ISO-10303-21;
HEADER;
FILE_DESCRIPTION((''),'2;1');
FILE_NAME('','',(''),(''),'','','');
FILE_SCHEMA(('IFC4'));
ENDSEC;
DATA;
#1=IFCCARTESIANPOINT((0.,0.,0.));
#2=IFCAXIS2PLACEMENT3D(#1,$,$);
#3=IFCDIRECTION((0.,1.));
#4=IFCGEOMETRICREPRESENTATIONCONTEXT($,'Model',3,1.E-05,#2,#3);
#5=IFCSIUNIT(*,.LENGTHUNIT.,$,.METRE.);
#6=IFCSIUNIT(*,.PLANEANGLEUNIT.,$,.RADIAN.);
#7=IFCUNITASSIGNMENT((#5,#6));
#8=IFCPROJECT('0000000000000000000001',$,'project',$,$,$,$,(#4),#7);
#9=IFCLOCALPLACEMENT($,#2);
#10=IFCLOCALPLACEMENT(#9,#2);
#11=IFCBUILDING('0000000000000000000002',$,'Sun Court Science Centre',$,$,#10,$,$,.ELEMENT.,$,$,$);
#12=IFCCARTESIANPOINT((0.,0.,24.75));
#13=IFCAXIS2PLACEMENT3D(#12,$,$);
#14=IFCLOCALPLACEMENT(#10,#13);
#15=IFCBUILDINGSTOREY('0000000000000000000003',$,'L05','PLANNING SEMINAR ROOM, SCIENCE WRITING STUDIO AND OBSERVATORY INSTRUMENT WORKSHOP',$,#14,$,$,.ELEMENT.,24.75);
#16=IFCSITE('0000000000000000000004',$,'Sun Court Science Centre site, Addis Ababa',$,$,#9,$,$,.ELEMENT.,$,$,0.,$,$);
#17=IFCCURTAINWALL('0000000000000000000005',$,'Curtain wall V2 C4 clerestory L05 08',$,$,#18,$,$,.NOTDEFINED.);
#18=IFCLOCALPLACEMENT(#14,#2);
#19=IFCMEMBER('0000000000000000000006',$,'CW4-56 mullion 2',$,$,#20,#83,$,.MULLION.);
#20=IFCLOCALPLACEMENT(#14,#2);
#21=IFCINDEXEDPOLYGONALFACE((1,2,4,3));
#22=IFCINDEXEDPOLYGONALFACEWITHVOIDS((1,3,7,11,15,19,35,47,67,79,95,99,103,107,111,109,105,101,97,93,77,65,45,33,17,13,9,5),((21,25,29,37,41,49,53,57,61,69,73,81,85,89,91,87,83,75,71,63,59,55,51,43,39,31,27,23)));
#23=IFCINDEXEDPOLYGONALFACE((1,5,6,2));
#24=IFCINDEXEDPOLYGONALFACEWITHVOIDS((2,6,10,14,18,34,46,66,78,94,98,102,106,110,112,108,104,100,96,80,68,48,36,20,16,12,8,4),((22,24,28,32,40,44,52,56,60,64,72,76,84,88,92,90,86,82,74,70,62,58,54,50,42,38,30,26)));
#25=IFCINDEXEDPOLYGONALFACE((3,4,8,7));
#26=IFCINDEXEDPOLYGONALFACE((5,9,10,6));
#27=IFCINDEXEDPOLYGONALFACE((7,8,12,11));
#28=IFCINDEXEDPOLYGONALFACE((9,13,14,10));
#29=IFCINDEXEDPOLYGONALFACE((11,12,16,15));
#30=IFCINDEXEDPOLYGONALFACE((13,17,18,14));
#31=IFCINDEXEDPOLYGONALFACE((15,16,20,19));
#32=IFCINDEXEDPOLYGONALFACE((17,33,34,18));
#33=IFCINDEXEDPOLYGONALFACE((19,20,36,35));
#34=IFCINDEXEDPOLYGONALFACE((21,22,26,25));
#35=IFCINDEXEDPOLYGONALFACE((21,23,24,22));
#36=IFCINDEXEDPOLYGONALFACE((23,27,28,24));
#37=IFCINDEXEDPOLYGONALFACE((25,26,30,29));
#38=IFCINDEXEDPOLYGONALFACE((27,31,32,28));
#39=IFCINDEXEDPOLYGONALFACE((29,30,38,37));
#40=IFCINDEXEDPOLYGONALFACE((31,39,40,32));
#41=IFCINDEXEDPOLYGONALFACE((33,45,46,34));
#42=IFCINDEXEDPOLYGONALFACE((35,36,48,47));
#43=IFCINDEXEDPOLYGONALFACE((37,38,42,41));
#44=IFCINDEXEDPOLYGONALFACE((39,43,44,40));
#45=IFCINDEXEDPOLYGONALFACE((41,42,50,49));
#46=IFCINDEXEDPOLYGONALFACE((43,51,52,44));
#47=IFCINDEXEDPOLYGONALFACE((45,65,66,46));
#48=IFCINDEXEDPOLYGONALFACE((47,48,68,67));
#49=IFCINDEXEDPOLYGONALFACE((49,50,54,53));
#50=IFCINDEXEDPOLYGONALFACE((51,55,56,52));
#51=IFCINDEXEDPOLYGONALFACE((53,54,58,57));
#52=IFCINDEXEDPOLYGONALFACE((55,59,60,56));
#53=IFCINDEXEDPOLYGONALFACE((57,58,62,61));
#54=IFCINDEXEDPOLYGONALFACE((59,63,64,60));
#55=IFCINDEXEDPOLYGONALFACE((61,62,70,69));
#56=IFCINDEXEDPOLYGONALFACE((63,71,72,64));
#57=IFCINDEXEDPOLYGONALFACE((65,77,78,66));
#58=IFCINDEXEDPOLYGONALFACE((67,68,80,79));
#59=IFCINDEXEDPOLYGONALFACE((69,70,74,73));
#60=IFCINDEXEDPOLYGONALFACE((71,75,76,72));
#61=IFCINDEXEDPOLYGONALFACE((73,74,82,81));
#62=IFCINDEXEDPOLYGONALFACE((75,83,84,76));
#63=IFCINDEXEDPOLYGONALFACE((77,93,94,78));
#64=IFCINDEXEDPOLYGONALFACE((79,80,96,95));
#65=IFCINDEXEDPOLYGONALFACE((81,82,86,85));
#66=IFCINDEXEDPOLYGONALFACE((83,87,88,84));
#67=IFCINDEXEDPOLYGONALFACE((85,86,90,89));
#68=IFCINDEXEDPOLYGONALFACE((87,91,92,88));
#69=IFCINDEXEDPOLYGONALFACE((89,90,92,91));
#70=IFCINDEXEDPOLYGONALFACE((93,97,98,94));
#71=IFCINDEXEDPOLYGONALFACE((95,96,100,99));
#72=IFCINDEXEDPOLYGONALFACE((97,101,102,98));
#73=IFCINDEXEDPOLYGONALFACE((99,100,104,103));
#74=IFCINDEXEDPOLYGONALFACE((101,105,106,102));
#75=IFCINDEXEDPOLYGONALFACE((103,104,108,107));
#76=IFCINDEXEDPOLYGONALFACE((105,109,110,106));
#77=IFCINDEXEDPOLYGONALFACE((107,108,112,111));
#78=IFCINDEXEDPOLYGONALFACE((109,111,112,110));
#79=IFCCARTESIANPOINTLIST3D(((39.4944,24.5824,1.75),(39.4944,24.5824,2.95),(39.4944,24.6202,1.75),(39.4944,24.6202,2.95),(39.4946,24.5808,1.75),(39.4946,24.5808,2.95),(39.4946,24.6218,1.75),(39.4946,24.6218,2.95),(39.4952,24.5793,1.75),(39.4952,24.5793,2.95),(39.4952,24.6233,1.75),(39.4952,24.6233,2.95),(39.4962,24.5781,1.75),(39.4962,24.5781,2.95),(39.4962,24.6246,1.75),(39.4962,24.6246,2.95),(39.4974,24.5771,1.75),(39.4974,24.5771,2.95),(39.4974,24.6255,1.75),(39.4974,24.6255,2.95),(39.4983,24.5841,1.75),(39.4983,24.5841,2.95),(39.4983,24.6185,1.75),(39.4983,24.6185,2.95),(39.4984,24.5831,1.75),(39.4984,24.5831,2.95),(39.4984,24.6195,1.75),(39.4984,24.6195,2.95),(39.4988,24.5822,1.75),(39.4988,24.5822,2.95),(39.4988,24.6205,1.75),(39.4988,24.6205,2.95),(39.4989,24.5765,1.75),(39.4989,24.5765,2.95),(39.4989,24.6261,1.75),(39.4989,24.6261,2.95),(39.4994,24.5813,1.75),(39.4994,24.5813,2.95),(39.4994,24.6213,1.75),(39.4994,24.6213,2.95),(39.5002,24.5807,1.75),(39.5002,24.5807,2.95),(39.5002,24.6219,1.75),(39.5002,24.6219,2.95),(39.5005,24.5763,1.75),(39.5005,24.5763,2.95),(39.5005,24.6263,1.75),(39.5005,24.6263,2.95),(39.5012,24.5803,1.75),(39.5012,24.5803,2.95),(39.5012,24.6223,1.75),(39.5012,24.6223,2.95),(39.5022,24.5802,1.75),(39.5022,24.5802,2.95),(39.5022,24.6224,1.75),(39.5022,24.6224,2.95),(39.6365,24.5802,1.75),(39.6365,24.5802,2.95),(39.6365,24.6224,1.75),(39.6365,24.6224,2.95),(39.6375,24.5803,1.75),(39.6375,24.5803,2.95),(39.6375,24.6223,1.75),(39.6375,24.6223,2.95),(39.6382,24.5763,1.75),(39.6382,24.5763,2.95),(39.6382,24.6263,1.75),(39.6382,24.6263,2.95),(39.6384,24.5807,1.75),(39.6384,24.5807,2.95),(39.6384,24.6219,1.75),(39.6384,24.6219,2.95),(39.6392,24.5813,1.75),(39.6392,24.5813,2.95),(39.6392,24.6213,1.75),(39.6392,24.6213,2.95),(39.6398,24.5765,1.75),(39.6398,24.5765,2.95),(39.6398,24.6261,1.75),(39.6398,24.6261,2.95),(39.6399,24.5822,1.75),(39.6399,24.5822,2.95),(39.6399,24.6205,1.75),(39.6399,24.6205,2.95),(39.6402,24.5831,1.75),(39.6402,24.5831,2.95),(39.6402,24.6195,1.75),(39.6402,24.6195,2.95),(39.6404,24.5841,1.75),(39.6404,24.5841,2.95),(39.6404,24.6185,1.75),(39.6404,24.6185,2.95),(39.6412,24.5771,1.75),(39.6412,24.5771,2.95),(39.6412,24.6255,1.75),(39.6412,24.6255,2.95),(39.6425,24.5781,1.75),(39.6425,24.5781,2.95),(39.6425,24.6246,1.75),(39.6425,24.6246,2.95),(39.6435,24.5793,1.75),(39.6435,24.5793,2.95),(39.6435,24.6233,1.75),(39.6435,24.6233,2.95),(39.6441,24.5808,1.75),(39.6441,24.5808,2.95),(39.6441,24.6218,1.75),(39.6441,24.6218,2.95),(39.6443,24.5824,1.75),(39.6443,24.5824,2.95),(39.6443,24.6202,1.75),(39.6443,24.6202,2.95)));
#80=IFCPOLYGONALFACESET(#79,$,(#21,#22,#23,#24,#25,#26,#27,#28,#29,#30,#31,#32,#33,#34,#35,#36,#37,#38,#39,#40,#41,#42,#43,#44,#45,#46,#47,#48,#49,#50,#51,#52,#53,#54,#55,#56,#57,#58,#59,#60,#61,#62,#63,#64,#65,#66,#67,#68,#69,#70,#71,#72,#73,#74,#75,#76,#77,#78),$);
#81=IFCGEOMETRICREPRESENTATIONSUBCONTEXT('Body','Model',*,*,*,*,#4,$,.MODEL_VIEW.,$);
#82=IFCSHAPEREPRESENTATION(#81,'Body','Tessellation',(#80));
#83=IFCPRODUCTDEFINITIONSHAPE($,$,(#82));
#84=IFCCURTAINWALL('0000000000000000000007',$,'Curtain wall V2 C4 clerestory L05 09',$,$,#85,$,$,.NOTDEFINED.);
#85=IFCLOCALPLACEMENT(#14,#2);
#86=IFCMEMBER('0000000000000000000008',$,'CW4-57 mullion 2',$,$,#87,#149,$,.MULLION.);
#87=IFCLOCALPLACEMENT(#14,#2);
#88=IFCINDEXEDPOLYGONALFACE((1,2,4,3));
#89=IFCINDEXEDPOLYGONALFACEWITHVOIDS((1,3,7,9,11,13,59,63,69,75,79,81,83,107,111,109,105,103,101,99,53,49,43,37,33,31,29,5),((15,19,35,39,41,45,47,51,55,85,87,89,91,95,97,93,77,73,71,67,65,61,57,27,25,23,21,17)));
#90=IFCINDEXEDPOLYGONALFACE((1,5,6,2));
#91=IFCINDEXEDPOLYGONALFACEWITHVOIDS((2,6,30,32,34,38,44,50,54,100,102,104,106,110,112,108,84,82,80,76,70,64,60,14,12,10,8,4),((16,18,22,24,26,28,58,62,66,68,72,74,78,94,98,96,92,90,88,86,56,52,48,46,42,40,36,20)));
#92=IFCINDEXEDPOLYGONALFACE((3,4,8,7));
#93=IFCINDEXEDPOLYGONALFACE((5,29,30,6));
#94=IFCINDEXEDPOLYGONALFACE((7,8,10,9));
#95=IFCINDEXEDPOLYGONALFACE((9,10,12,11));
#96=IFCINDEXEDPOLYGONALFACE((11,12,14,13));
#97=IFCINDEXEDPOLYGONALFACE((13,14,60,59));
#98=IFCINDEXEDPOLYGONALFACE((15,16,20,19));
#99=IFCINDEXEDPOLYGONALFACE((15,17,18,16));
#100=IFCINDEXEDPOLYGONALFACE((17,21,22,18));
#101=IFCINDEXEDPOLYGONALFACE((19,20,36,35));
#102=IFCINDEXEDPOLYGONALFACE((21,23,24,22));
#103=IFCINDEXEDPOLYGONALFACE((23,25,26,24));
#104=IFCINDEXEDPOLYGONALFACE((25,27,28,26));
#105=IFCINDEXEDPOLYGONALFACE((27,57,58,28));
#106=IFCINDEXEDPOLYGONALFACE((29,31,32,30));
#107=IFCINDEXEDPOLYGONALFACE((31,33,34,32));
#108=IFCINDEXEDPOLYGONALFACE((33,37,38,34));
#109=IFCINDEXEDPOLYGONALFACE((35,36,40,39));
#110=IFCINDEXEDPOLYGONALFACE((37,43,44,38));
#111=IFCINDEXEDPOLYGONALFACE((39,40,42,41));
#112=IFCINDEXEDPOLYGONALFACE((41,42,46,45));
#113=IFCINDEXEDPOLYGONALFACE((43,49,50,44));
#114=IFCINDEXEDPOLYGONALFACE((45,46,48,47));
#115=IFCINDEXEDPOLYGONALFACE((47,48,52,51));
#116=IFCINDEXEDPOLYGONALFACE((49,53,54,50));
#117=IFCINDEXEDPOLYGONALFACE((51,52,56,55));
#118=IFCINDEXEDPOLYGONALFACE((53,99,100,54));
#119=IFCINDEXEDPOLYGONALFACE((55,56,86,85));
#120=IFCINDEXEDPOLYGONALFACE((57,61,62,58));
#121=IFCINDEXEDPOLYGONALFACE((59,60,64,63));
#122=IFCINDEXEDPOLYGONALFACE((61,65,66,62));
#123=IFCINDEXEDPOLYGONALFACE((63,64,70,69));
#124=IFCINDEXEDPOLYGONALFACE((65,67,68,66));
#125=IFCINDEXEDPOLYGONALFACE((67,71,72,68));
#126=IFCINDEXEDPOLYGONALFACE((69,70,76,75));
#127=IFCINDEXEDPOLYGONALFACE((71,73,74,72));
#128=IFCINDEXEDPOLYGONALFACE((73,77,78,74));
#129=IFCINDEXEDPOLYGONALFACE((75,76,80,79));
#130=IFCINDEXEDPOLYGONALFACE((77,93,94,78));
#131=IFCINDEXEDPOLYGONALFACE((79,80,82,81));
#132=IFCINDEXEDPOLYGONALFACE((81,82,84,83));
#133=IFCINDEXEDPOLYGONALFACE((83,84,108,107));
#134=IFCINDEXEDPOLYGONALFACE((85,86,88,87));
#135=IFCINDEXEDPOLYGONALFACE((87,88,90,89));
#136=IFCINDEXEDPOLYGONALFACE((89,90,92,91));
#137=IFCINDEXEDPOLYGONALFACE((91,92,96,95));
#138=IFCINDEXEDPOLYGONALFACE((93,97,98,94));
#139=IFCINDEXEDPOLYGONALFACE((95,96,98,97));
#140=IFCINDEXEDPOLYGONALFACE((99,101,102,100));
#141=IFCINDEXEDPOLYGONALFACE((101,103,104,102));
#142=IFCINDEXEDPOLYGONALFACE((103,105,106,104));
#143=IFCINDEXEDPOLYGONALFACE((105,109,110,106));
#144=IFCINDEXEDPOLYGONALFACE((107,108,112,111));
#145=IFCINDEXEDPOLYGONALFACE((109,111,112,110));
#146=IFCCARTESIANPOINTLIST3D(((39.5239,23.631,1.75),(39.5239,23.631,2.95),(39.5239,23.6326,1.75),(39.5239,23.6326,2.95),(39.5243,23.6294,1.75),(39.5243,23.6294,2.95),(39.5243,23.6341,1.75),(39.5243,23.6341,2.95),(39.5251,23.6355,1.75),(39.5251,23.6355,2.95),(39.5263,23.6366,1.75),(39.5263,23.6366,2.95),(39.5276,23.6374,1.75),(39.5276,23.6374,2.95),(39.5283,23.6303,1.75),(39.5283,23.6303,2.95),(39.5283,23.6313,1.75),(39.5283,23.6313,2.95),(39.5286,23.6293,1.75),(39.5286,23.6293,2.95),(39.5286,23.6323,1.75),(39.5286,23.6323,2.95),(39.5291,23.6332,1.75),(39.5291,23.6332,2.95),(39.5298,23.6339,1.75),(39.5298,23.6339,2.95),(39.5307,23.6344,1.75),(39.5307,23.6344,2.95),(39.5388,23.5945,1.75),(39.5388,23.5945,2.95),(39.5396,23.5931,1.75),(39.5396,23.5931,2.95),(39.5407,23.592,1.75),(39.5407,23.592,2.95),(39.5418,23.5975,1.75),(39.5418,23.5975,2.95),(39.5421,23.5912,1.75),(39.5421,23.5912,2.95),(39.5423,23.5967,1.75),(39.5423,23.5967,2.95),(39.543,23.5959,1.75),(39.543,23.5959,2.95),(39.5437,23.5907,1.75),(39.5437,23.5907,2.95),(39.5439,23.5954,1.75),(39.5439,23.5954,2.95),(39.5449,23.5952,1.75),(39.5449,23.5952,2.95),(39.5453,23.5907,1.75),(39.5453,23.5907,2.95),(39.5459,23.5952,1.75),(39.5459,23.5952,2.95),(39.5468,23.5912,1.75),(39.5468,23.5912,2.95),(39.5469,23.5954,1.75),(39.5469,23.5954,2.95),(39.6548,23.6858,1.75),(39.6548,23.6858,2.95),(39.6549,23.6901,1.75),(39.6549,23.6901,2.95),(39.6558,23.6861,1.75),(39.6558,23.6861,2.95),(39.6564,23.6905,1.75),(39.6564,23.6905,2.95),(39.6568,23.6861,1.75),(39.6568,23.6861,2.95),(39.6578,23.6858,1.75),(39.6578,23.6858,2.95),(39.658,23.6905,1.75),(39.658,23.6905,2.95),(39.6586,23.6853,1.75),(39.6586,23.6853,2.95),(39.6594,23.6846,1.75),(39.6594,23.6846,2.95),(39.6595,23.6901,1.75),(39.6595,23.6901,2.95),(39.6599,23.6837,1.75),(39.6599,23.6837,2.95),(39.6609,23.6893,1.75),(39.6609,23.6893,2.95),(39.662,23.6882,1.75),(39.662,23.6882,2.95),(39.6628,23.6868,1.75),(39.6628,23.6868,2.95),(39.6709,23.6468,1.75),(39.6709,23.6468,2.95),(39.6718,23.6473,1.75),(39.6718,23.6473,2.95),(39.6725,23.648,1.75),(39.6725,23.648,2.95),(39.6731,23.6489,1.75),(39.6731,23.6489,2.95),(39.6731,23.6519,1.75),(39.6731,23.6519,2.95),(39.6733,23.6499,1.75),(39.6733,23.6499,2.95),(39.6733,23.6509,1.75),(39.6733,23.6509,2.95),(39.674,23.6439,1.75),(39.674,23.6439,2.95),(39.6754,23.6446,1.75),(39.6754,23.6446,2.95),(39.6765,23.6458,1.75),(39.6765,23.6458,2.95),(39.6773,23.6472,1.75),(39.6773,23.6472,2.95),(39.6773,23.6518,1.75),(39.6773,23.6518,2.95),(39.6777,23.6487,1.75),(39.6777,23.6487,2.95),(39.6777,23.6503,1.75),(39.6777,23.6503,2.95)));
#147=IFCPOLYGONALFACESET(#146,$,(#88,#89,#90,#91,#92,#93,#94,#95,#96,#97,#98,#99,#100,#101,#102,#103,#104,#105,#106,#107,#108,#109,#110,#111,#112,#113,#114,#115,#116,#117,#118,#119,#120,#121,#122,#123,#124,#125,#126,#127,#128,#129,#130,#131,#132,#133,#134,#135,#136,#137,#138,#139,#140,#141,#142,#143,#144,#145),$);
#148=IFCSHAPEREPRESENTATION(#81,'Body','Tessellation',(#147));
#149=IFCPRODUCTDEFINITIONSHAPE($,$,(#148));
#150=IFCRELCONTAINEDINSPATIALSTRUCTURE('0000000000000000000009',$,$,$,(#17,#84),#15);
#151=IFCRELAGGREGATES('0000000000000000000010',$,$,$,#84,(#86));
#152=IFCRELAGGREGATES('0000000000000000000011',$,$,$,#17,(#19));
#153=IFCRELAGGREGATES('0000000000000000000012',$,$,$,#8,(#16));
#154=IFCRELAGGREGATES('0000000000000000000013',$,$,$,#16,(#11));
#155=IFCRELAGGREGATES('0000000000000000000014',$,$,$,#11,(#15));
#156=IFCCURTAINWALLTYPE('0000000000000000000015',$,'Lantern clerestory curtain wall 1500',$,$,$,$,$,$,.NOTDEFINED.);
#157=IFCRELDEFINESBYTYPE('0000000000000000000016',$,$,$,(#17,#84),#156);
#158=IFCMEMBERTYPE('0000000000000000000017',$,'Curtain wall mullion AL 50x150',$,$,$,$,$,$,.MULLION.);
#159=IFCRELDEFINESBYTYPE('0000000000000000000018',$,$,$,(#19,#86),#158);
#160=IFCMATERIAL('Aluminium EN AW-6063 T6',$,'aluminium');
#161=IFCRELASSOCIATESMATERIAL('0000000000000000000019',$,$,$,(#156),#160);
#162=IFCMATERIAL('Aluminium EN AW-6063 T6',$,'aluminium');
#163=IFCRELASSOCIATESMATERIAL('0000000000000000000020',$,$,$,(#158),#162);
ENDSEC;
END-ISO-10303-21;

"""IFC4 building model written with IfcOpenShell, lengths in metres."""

from ifc_helpers import new_model, si_unit, direction, frame, origin, origin_2d, place, context, subcontext, project, spatial, hollow_rectangle, extrude, material, material_profile, profile_set, type_object, element, aggregate, save


model = new_model("IFC4")

# Units and contexts
model_context = context("Model", 3, precision=1e-05, world=origin(), true_north=direction((0.0, 1.0)))
body_context = subcontext(model_context, "Body", "Model", "MODEL_VIEW")
ifc_project = project(units=[si_unit("LENGTHUNIT", "METRE"), si_unit("PLANEANGLEUNIT", "RADIAN")], contexts=[model_context])

# Site, building, storey
site_placement = place(None, origin())
site = spatial("IfcSite", under=ifc_project, at=site_placement, Name="Sun Court Science Centre site, Addis Ababa", CompositionType="ELEMENT", RefElevation=0.0)
building_placement = place(site_placement, origin())
building = spatial("IfcBuilding", under=site, at=building_placement, Name="Sun Court Science Centre", CompositionType="ELEMENT")
storey_placement = place(building_placement, frame((0.0, 0.0, 24.75)))
storey = spatial("IfcBuildingStorey", under=building, at=storey_placement, Name="L05", Description="PLANNING SEMINAR ROOM, SCIENCE WRITING STUDIO AND OBSERVATORY INSTRUMENT WORKSHOP", CompositionType="ELEMENT", Elevation=24.75)

# Shared definitions
ifc_material_1 = material(Name="Aluminium EN AW-6063 T6", Category="aluminium")
curtain_wall_type = type_object("IfcCurtainWallType", Name="Lantern clerestory curtain wall 1500", PredefinedType="NOTDEFINED", material=ifc_material_1)
ifc_material_2 = material(Name="Aluminium EN AW-6063 T6", Category="aluminium")
ifc_material_profile_1 = material_profile(ifc_material_2, hollow_rectangle(XDim=0.05, YDim=0.1499, WallThickness=0.0039, InnerFilletRadius=0.0039, OuterFilletRadius=0.0061, at=origin_2d()), Name="AL 50x150x4")
ifc_profile_set_1 = profile_set([ifc_material_profile_1], Name="Aluminium EN AW-6063 T6")
member_type_1 = type_object("IfcMemberType", Name="Curtain wall mullion AL 50x150", PredefinedType="MULLION", material=ifc_profile_set_1)

# Curtain wall, member
curtain_wall_1_placement = place(storey_placement, origin())
curtain_wall_1 = element("IfcCurtainWall", 1, at=curtain_wall_1_placement, inside=storey, type_object=curtain_wall_type, Name="Curtain wall V2 C4 clerestory L05 08", PredefinedType="NOTDEFINED")
member_1_placement = place(storey_placement, frame((39.5693, 24.6013, 1.75), z_axis=(0.0, 0.0, 1.0), x_axis=(0.0, 1.0, 0.0)))
member_1 = element("IfcMember", 2, at=member_1_placement, type_object=member_type_1, Name="CW4-56 mullion 2", PredefinedType="MULLION", context=body_context, shape_type="SweptSolid", body=[
    extrude(hollow_rectangle(XDim=0.05, YDim=0.1499, WallThickness=0.0039, InnerFilletRadius=0.0039, OuterFilletRadius=0.0061, at=origin_2d()), origin(), (0.0, 0.0, 1.0), 1.2),
])

# Curtain wall, member
curtain_wall_2_placement = place(storey_placement, origin())
curtain_wall_2 = element("IfcCurtainWall", 3, at=curtain_wall_2_placement, inside=storey, type_object=curtain_wall_type, Name="Curtain wall V2 C4 clerestory L05 09", PredefinedType="NOTDEFINED")
member_2_placement = place(storey_placement, frame((39.6008, 23.6406, 1.75), z_axis=(0.0, 0.0, 1.0), x_axis=(-0.382683, 0.92388, 0.0)))
member_2 = element("IfcMember", 4, at=member_2_placement, type_object=member_type_1, Name="CW4-57 mullion 2", PredefinedType="MULLION", context=body_context, shape_type="SweptSolid", body=[
    extrude(hollow_rectangle(XDim=0.05, YDim=0.1499, WallThickness=0.0039, InnerFilletRadius=0.0039, OuterFilletRadius=0.0061, at=origin_2d()), origin(), (0.0, 0.0, 1.0), 1.2),
])
aggregate(curtain_wall_2, [member_2])

aggregate(curtain_wall_1, [member_1])

save(model, "model.ifc")
